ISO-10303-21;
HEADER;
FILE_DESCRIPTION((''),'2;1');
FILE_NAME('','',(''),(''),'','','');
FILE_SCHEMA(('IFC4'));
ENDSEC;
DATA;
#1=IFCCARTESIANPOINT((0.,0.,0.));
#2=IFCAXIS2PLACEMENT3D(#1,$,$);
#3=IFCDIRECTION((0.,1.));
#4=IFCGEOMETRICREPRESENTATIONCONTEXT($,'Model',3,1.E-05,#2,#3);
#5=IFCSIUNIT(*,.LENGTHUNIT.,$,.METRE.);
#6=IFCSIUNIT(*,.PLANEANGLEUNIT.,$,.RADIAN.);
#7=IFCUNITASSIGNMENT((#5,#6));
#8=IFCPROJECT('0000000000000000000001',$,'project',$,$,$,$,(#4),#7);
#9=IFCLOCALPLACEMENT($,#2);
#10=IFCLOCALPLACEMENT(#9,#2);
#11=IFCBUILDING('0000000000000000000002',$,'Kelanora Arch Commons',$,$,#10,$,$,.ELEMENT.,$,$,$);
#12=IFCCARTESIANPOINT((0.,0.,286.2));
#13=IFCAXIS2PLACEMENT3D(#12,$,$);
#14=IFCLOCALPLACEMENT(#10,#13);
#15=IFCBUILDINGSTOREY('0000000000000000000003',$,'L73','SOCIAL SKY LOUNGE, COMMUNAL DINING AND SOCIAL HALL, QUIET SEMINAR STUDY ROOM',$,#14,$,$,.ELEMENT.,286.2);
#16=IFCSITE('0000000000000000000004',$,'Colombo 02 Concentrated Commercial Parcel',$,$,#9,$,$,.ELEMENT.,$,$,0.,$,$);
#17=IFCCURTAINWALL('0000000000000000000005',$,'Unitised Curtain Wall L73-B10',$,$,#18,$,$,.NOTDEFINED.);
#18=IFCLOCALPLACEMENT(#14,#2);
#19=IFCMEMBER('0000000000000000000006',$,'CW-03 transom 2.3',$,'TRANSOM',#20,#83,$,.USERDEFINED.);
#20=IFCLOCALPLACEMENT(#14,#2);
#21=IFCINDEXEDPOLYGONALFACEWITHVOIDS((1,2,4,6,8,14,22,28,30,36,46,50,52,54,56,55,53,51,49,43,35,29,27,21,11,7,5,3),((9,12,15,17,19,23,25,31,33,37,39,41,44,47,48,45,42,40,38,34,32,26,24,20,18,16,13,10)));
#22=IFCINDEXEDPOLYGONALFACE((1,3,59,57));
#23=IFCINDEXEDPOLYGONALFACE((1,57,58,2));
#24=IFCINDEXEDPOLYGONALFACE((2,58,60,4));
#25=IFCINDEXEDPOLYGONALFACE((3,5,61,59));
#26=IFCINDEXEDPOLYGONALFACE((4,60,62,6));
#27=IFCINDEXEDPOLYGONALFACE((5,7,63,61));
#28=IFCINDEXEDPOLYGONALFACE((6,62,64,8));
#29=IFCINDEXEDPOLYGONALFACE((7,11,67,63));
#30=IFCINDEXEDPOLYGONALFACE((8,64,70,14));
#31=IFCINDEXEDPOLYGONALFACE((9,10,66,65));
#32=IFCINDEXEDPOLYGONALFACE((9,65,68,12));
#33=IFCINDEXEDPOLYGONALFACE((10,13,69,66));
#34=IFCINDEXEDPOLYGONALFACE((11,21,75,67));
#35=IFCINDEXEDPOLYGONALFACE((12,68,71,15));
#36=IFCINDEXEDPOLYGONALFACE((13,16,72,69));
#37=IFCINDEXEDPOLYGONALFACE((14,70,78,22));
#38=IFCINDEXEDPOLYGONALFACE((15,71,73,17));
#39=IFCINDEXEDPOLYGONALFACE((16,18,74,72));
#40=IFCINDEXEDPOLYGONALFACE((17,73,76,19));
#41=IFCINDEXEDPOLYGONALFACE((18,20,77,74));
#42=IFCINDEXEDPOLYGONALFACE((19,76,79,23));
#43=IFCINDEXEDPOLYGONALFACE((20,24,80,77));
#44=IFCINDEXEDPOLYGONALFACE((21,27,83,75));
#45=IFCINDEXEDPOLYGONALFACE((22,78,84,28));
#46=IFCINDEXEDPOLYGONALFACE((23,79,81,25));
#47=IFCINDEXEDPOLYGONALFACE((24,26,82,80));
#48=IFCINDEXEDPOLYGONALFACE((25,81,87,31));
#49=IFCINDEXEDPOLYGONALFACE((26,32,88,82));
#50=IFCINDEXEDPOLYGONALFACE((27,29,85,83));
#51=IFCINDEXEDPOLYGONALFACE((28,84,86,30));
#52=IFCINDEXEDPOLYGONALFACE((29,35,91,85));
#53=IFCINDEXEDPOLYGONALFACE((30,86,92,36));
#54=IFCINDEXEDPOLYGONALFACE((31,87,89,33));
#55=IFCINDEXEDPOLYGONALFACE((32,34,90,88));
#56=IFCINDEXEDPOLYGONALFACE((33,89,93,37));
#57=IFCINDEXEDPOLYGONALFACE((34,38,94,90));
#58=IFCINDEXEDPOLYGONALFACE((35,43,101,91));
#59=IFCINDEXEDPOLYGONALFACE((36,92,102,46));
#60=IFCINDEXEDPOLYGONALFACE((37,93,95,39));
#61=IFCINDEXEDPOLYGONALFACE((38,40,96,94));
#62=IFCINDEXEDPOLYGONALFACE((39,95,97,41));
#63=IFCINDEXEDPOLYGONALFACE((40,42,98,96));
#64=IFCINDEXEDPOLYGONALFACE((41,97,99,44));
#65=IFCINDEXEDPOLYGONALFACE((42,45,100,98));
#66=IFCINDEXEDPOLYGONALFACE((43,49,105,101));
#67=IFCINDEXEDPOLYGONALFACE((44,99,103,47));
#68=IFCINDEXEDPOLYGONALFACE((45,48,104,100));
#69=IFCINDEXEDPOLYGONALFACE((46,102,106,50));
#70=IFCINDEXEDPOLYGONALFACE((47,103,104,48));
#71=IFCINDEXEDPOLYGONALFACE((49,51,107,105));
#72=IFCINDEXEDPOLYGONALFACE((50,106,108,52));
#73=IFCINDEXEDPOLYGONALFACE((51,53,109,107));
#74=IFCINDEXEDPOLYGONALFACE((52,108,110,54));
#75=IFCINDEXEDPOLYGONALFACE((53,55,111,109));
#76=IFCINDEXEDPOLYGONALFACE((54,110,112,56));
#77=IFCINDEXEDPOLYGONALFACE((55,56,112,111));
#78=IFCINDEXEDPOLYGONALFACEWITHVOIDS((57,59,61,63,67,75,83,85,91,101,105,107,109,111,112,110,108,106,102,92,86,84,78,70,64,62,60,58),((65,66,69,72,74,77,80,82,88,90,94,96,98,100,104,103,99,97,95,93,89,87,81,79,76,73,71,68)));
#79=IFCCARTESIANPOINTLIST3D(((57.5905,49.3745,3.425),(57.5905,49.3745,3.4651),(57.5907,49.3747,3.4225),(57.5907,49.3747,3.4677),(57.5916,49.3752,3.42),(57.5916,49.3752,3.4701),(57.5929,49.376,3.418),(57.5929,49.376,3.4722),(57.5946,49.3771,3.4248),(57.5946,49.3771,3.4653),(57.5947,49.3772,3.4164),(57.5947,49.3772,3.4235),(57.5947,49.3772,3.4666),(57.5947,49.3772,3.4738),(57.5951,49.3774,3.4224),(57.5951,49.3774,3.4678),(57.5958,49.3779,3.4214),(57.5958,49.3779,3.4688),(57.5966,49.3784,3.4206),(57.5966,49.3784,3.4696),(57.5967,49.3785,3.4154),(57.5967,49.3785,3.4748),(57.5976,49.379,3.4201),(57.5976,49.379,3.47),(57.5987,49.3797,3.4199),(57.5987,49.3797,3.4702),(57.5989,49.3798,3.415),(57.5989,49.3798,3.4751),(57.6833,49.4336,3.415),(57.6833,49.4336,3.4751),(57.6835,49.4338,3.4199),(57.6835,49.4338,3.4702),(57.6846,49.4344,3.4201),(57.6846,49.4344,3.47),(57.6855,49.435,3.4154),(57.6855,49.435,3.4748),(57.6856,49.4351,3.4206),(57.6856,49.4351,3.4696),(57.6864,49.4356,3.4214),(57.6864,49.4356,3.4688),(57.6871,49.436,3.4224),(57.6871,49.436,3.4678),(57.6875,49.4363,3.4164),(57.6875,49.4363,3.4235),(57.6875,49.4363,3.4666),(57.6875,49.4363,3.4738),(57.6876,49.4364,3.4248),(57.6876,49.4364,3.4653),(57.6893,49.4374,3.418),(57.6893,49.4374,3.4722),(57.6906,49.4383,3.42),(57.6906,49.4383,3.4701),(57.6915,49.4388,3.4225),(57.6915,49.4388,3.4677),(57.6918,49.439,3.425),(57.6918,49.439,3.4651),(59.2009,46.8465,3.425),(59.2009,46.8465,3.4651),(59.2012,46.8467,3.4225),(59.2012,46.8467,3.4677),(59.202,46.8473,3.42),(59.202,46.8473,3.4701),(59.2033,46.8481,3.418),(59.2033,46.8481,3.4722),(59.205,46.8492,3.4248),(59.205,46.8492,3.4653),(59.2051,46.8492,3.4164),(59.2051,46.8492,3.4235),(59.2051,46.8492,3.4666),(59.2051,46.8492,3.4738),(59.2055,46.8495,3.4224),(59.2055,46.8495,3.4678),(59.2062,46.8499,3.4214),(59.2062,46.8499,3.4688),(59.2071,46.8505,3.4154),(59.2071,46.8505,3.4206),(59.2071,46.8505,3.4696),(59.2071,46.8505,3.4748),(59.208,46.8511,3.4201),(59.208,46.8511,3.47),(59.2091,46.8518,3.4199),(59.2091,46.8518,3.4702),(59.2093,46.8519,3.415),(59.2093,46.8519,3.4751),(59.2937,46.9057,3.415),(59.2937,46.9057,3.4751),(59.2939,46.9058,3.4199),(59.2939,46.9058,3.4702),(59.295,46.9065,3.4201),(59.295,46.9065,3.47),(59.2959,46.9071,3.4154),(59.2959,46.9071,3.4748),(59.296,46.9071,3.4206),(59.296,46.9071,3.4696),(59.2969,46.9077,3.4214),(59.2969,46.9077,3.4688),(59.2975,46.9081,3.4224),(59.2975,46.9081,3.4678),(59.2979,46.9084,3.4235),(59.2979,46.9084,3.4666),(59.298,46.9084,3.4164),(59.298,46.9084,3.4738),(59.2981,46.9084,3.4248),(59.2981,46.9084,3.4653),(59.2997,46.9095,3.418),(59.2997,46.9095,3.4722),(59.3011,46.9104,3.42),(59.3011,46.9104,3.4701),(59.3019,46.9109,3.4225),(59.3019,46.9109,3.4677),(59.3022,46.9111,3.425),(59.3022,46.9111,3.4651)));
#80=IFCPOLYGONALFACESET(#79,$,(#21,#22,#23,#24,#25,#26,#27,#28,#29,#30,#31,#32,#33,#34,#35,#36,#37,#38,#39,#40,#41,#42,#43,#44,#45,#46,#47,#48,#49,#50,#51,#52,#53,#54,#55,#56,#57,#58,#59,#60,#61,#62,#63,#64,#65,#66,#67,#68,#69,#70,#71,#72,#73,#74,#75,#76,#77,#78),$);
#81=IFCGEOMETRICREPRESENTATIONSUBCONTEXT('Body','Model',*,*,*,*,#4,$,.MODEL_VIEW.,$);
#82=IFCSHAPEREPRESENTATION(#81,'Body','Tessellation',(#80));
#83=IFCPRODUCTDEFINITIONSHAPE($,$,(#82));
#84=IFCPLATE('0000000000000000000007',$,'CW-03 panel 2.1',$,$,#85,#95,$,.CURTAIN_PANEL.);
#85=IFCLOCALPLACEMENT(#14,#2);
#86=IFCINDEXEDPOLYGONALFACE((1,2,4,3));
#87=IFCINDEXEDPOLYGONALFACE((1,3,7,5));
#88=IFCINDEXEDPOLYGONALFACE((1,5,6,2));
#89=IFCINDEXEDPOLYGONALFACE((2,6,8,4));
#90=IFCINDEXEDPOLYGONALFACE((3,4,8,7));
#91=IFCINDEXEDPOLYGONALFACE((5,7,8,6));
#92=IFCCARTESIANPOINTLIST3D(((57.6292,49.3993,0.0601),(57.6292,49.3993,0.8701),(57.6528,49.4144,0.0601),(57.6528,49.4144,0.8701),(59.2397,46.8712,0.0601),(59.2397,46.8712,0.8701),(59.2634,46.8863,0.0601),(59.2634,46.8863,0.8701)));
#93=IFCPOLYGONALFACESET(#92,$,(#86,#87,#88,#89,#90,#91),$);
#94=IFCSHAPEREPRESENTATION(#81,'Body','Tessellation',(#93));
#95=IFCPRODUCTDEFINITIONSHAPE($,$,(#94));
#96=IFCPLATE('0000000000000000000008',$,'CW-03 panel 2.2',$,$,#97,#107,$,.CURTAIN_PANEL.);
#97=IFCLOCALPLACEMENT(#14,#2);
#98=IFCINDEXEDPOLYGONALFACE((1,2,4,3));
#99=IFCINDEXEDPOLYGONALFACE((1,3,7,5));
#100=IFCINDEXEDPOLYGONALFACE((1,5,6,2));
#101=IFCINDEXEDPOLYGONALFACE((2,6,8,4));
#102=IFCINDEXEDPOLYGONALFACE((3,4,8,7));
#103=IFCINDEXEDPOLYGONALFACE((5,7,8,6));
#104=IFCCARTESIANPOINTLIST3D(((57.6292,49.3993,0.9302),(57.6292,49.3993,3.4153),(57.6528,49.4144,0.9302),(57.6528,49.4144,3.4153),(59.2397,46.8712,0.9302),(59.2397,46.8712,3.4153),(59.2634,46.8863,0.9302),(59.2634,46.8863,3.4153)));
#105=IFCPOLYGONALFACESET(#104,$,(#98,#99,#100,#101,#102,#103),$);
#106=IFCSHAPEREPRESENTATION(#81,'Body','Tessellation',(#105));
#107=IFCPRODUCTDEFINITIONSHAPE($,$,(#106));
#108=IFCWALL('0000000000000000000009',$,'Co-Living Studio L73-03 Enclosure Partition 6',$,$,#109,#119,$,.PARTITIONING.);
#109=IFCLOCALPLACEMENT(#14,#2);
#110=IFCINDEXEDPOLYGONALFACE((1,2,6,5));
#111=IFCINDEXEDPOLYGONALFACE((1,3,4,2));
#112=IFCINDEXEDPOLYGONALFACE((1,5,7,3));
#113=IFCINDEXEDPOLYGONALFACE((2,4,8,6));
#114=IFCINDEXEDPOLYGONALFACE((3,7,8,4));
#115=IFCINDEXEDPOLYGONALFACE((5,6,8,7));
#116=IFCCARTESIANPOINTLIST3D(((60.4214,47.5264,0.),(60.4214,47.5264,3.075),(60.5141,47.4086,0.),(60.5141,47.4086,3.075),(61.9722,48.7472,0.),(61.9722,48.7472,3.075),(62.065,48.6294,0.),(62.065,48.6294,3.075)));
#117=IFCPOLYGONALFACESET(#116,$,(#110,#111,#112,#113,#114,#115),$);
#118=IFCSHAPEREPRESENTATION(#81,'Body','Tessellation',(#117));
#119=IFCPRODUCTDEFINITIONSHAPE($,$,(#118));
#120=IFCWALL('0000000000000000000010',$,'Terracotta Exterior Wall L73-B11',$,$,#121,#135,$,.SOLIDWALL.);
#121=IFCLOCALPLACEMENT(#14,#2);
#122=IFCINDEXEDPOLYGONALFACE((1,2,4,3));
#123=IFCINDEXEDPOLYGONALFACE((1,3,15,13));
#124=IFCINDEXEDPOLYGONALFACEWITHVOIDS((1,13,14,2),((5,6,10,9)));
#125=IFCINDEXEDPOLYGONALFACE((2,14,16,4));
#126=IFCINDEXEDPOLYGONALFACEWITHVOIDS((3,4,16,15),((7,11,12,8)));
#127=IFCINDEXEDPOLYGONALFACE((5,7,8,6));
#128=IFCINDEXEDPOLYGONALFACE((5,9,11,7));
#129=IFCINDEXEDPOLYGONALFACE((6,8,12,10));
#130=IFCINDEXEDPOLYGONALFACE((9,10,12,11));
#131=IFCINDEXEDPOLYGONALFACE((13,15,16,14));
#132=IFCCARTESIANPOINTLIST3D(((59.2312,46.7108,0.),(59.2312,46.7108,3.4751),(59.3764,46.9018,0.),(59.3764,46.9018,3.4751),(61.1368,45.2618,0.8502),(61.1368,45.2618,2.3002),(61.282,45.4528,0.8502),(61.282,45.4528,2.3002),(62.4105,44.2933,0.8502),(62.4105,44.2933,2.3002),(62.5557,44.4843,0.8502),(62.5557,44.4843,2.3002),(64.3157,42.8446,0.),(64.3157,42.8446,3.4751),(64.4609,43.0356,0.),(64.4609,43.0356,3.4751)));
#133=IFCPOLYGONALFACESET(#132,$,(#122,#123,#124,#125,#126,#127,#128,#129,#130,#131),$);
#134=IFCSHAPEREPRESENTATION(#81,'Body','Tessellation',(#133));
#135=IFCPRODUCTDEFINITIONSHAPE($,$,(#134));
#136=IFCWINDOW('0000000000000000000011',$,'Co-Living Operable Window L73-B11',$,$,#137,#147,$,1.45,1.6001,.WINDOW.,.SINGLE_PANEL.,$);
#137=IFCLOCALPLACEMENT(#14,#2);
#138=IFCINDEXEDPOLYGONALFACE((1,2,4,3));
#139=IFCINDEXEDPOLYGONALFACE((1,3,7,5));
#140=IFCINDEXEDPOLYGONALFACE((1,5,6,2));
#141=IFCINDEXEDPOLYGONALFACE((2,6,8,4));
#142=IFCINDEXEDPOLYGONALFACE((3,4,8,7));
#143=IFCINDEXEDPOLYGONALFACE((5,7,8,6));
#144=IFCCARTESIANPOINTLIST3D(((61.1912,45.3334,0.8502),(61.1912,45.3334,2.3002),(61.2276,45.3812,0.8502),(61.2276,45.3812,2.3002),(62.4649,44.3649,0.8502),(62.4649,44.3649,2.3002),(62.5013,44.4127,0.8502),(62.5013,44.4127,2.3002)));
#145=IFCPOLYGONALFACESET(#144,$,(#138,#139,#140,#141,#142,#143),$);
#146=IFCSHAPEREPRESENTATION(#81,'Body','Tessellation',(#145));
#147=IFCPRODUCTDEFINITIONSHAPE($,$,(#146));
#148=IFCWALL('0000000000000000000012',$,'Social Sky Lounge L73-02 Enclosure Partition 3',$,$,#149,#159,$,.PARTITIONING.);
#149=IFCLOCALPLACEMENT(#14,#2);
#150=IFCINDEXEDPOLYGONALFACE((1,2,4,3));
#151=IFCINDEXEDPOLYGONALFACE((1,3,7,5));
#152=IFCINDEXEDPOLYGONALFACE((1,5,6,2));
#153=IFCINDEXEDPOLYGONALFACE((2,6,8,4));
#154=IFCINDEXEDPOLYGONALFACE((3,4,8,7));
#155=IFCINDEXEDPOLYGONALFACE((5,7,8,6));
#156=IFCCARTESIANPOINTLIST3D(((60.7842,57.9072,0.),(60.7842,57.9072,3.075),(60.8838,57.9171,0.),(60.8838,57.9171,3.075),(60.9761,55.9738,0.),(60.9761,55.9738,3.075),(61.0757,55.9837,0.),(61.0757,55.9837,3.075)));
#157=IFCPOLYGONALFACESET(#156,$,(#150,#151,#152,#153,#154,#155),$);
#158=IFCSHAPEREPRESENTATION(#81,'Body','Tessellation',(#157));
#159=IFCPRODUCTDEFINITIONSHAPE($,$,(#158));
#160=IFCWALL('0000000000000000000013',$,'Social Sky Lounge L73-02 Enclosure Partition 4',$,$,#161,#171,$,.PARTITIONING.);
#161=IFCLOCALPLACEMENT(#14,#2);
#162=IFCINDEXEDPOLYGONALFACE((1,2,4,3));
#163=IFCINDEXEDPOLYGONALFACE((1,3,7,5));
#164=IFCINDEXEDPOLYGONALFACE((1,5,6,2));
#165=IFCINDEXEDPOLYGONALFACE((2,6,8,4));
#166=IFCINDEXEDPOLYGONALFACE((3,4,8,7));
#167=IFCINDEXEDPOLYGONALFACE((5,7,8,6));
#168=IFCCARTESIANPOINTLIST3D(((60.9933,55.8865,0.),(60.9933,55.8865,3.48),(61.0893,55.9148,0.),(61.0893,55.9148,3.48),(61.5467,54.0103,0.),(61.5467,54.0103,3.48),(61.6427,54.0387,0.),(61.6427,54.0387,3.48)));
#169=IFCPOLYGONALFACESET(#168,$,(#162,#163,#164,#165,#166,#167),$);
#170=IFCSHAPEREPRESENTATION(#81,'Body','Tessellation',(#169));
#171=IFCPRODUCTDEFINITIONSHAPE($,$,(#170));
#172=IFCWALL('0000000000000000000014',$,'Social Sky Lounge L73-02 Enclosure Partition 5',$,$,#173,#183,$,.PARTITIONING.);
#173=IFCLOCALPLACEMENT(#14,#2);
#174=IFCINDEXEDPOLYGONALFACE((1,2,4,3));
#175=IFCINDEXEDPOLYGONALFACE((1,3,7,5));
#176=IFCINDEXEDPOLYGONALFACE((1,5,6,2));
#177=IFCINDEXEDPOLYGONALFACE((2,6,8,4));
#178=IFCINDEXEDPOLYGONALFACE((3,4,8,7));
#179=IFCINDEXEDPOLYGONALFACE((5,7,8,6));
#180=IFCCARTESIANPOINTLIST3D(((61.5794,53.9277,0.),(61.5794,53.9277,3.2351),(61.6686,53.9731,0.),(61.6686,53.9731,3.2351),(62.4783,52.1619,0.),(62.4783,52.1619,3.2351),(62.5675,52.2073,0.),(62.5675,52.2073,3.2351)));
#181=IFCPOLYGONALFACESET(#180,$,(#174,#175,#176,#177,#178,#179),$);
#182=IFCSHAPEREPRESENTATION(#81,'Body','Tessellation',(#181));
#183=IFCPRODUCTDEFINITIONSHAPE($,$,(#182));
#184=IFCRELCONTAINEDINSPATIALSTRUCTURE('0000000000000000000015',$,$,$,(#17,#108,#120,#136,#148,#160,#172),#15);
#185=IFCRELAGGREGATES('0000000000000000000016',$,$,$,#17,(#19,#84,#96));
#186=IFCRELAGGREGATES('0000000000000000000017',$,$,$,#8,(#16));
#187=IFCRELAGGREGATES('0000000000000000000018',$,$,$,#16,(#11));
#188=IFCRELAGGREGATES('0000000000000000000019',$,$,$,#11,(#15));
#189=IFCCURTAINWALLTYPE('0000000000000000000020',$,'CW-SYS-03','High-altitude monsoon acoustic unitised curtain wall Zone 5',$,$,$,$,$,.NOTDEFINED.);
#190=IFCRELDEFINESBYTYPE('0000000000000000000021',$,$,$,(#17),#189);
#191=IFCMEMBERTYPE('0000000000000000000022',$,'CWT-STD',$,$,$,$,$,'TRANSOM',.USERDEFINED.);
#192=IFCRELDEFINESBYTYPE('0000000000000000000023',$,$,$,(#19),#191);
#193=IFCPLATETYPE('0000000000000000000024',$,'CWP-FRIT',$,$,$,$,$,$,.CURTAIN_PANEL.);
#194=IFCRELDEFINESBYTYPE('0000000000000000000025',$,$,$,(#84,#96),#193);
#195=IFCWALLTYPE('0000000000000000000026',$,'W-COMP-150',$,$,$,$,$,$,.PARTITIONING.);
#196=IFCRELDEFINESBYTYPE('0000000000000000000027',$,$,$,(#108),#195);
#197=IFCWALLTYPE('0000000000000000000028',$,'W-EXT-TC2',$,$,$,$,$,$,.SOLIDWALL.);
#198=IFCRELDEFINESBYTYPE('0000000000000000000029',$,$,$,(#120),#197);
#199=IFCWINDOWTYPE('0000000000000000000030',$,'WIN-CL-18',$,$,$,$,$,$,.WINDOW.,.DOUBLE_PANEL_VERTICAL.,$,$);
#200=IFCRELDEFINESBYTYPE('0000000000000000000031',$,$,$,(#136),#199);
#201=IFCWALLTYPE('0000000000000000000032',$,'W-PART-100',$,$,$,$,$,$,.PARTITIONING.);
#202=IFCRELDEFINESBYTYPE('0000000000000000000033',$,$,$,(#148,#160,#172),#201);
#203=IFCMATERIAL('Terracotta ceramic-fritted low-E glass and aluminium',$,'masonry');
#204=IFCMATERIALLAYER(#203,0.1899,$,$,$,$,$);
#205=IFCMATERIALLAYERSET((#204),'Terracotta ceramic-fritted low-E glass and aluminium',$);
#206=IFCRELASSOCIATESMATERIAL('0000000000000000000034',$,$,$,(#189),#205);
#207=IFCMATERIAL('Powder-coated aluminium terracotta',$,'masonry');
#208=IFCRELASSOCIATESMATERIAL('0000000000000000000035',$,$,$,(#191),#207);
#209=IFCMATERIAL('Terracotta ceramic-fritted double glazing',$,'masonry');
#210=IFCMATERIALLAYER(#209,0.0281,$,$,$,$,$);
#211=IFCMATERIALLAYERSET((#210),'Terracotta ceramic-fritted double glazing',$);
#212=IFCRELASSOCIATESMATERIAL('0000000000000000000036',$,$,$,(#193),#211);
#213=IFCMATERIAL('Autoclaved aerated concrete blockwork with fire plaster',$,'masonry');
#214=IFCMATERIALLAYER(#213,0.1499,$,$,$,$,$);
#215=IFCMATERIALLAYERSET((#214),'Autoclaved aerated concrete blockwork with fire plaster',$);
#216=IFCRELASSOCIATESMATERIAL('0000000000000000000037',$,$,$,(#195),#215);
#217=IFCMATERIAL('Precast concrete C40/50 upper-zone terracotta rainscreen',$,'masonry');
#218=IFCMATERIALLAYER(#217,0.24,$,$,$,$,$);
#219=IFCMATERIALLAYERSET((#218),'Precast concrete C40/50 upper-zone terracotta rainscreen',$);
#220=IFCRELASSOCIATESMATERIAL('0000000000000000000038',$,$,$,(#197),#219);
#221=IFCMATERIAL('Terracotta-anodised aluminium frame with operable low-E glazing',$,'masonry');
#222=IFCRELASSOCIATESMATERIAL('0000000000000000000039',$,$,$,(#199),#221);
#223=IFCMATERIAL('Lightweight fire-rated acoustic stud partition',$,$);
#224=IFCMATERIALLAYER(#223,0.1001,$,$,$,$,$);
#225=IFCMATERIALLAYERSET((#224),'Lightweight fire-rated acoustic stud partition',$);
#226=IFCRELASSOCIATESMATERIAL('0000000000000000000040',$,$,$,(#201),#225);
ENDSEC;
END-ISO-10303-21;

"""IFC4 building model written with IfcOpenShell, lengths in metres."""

from ifc_helpers import new_model, si_unit, direction, frame, frame_2d, origin, origin_2d, place, context, subcontext, project, spatial, rectangle, hollow_rectangle, extrude, source, transform, mapped, material, layer, layer_set, material_profile, profile_set, type_object, element, fill, aggregate, save


model = new_model("IFC4")

# Units and contexts
model_context = context("Model", 3, precision=1e-05, world=origin(), true_north=direction((0.0, 1.0)))
body_context = subcontext(model_context, "Body", "Model", "MODEL_VIEW")
ifc_project = project(units=[si_unit("LENGTHUNIT", "METRE"), si_unit("PLANEANGLEUNIT", "RADIAN")], contexts=[model_context])

# Site, building, storey
site_placement = place(None, origin())
site = spatial("IfcSite", under=ifc_project, at=site_placement, Name="Colombo 02 Concentrated Commercial Parcel", CompositionType="ELEMENT", RefElevation=0.0)
building_placement = place(site_placement, origin())
building = spatial("IfcBuilding", under=site, at=building_placement, Name="Kelanora Arch Commons", CompositionType="ELEMENT")
storey_placement = place(building_placement, frame((0.0, 0.0, 286.2)))
storey = spatial("IfcBuildingStorey", under=building, at=storey_placement, Name="L73", Description="SOCIAL SKY LOUNGE, COMMUNAL DINING AND SOCIAL HALL, QUIET SEMINAR STUDY ROOM", CompositionType="ELEMENT", Elevation=286.2)

# Curtain wall, member, plates
ifc_material_1 = material(Name="Terracotta ceramic-fritted low-E glass and aluminium", Category="masonry")
ifc_layer_1 = layer(ifc_material_1, 0.1899)
ifc_layer_set_1 = layer_set([ifc_layer_1], Name="Terracotta ceramic-fritted low-E glass and aluminium")
curtain_wall_type = type_object("IfcCurtainWallType", Name="CW-SYS-03", Description="High-altitude monsoon acoustic unitised curtain wall Zone 5", PredefinedType="NOTDEFINED", material=ifc_layer_set_1)
curtain_wall_placement = place(storey_placement, origin())
curtain_wall = element("IfcCurtainWall", 1, at=curtain_wall_placement, inside=storey, type_object=curtain_wall_type, Name="Unitised Curtain Wall L73-B10", PredefinedType="NOTDEFINED")
ifc_material_2 = material(Name="Powder-coated aluminium terracotta", Category="masonry")
ifc_material_profile_1 = material_profile(ifc_material_2, hollow_rectangle(XDim=0.1201, YDim=0.0601, WallThickness=0.0049, InnerFilletRadius=0.0049, OuterFilletRadius=0.01, at=origin_2d()), Name="CWT120x60")
ifc_profile_set_1 = profile_set([ifc_material_profile_1], Name="Powder-coated aluminium terracotta")
member_type_1 = type_object("IfcMemberType", Name="CWT-STD", ElementType="TRANSOM", PredefinedType="USERDEFINED", material=ifc_profile_set_1)
member_1_placement = place(storey_placement, frame((57.6411, 49.4067, 3.4451), z_axis=(0.537287, -0.8434, 0.0), x_axis=(0.8434, 0.537287, 0.0)))
member_1 = element("IfcMember", 2, at=member_1_placement, type_object=member_type_1, Name="CW-03 transom 2.3", ObjectType="TRANSOM", PredefinedType="USERDEFINED", context=body_context, shape_type="SweptSolid", body=[
    extrude(hollow_rectangle(XDim=0.1201, YDim=0.0601, WallThickness=0.0049, InnerFilletRadius=0.0049, OuterFilletRadius=0.01, at=origin_2d()), origin(), (0.0, 0.0, 1.0), 2.9973),
])
ifc_material_3 = material(Name="Terracotta ceramic-fritted double glazing", Category="masonry")
ifc_layer_2 = layer(ifc_material_3, 0.0281)
ifc_layer_set_2 = layer_set([ifc_layer_2], Name="Terracotta ceramic-fritted double glazing")
plate_type = type_object("IfcPlateType", Name="CWP-FRIT", PredefinedType="CURTAIN_PANEL", material=ifc_layer_set_2)
shared_shape_1 = source(origin(), body_context, "Body", "SweptSolid", [
    extrude(rectangle(XDim=2.9976, YDim=0.0281, at=origin_2d()), origin(), (0.0, 0.0, 1.0), 0.8101),
])
plate_1_placement = place(storey_placement, frame((58.4463, 48.1428, 0.0601), z_axis=(0.0, 0.0, 1.0), x_axis=(0.5373, -0.843391, 0.0)))
plate_1 = element("IfcPlate", 3, at=plate_1_placement, type_object=plate_type, Name="CW-03 panel 2.1", PredefinedType="CURTAIN_PANEL", context=body_context, shape_type="MappedRepresentation", body=[
    mapped(shared_shape_1, transform((0.0, 0.0, 0.0), scale=1.0)),
])
shared_shape_2 = source(origin(), body_context, "Body", "SweptSolid", [
    extrude(rectangle(XDim=2.9976, YDim=0.0281, at=origin_2d()), origin(), (0.0, 0.0, 1.0), 2.4851),
])
plate_2_placement = place(storey_placement, frame((58.4463, 48.1428, 0.9302), z_axis=(0.0, 0.0, 1.0), x_axis=(0.5373, -0.843391, 0.0)))
plate_2 = element("IfcPlate", 4, at=plate_2_placement, type_object=plate_type, Name="CW-03 panel 2.2", PredefinedType="CURTAIN_PANEL", context=body_context, shape_type="MappedRepresentation", body=[
    mapped(shared_shape_2, transform((0.0, 0.0, 0.0), scale=1.0)),
])
aggregate(curtain_wall, [member_1, plate_1, plate_2])

# Wall
ifc_material_4 = material(Name="Autoclaved aerated concrete blockwork with fire plaster", Category="masonry")
ifc_layer_3 = layer(ifc_material_4, 0.1499)
ifc_layer_set_3 = layer_set([ifc_layer_3], Name="Autoclaved aerated concrete blockwork with fire plaster")
wall_type_1 = type_object("IfcWallType", Name="W-COMP-150", PredefinedType="PARTITIONING", material=ifc_layer_set_3)
wall_1_placement = place(storey_placement, frame((60.4678, 47.4675, 0.0), z_axis=(0.0, 0.0, 1.0), x_axis=(0.785769, 0.618521, 0.0)))
element("IfcWall", 5, at=wall_1_placement, inside=storey, type_object=wall_type_1, Name="Co-Living Studio L73-03 Enclosure Partition 6", PredefinedType="PARTITIONING", context=body_context, shape_type="SweptSolid", body=[
    extrude(rectangle(XDim=1.9736, YDim=0.1499, at=frame_2d((0.9868, 0.0))), origin(), (0.0, 0.0, 1.0), 3.075),
])

# Wall, opening, window
ifc_material_5 = material(Name="Precast concrete C40/50 upper-zone terracotta rainscreen", Category="masonry")
ifc_layer_4 = layer(ifc_material_5, 0.24)
ifc_layer_set_4 = layer_set([ifc_layer_4], Name="Precast concrete C40/50 upper-zone terracotta rainscreen")
wall_type_2 = type_object("IfcWallType", Name="W-EXT-TC2", PredefinedType="SOLIDWALL", material=ifc_layer_set_4)
wall_2_placement = place(storey_placement, frame((59.3037, 46.8064, 0.0), z_axis=(0.0, 0.0, 1.0), x_axis=(0.79601, -0.605283, 0.0)))
wall_2 = element("IfcWall", 6, at=wall_2_placement, inside=storey, type_object=wall_type_2, Name="Terracotta Exterior Wall L73-B11", PredefinedType="SOLIDWALL", context=body_context, shape_type="SweptSolid", body=[
    extrude(rectangle(XDim=6.3875, YDim=0.24, at=frame_2d((3.1938, 0.0))), origin(), (0.0, 0.0, 1.0), 3.4751),
])
opening_placement = place(wall_2_placement, frame((2.394, 0.0, 0.8501)))
opening = element("IfcOpeningElement", 7, at=opening_placement, cuts=wall_2, PredefinedType="OPENING", context=body_context, shape_type="SweptSolid", body=[
    extrude(rectangle(XDim=1.6001, YDim=1.45, at=frame_2d((0.8, 0.7251))), frame((0.0, 0.1299, 0.0), z_axis=(0.0, -1.0, 0.0), x_axis=(1.0, 0.0, 0.0)), (0.0, 0.0, 1.0), 0.26),
])
ifc_material_6 = material(Name="Terracotta-anodised aluminium frame with operable low-E glazing", Category="masonry")
window_type = type_object("IfcWindowType", Name="WIN-CL-18", PartitioningType="DOUBLE_PANEL_VERTICAL", PredefinedType="WINDOW", material=ifc_material_6)
window_placement = place(opening_placement, origin())
window = element("IfcWindow", 8, at=window_placement, inside=storey, type_object=window_type, Name="Co-Living Operable Window L73-B11", OverallHeight=1.45, OverallWidth=1.6001, PartitioningType="SINGLE_PANEL", PredefinedType="WINDOW", context=body_context, shape_type="SweptSolid", body=[
    extrude(rectangle(XDim=1.6001, YDim=1.45, at=frame_2d((0.8, 0.7251))), frame((0.0, 0.03, 0.0), z_axis=(0.0, -1.0, 0.0), x_axis=(1.0, 0.0, 0.0)), (0.0, 0.0, 1.0), 0.0601),
])
fill(opening, window)

# Walls
ifc_material_7 = material(Name="Lightweight fire-rated acoustic stud partition")
ifc_layer_5 = layer(ifc_material_7, 0.1001)
ifc_layer_set_5 = layer_set([ifc_layer_5], Name="Lightweight fire-rated acoustic stud partition")
wall_type_3 = type_object("IfcWallType", Name="W-PART-100", PredefinedType="PARTITIONING", material=ifc_layer_set_5)
wall_3_placement = place(storey_placement, frame((60.834, 57.9121, 0.0), z_axis=(0.0, 0.0, 1.0), x_axis=(0.09877, -0.99511, 0.0)))
element("IfcWall", 9, at=wall_3_placement, inside=storey, type_object=wall_type_3, Name="Social Sky Lounge L73-02 Enclosure Partition 3", PredefinedType="PARTITIONING", context=body_context, shape_type="SweptSolid", body=[
    extrude(rectangle(XDim=1.9429, YDim=0.1001, at=frame_2d((0.9714, 0.0))), origin(), (0.0, 0.0, 1.0), 3.075),
])
wall_4_placement = place(storey_placement, frame((61.0413, 55.9006, 0.0), z_axis=(0.0, 0.0, 1.0), x_axis=(0.282937, -0.959139, 0.0)))
element("IfcWall", 10, at=wall_4_placement, inside=storey, type_object=wall_type_3, Name="Social Sky Lounge L73-02 Enclosure Partition 4", PredefinedType="PARTITIONING", context=body_context, shape_type="SweptSolid", body=[
    extrude(rectangle(XDim=1.9561, YDim=0.1001, at=frame_2d((0.978, 0.0))), origin(), (0.0, 0.0, 1.0), 3.48),
])
wall_5_placement = place(storey_placement, frame((61.624, 53.9504, 0.0), z_axis=(0.0, 0.0, 1.0), x_axis=(0.453658, -0.891176, 0.0)))
element("IfcWall", 11, at=wall_5_placement, inside=storey, type_object=wall_type_3, Name="Social Sky Lounge L73-02 Enclosure Partition 5", PredefinedType="PARTITIONING", context=body_context, shape_type="SweptSolid", body=[
    extrude(rectangle(XDim=1.9814, YDim=0.1001, at=frame_2d((0.9907, 0.0))), origin(), (0.0, 0.0, 1.0), 3.2351),
])

save(model, "model.ifc")
